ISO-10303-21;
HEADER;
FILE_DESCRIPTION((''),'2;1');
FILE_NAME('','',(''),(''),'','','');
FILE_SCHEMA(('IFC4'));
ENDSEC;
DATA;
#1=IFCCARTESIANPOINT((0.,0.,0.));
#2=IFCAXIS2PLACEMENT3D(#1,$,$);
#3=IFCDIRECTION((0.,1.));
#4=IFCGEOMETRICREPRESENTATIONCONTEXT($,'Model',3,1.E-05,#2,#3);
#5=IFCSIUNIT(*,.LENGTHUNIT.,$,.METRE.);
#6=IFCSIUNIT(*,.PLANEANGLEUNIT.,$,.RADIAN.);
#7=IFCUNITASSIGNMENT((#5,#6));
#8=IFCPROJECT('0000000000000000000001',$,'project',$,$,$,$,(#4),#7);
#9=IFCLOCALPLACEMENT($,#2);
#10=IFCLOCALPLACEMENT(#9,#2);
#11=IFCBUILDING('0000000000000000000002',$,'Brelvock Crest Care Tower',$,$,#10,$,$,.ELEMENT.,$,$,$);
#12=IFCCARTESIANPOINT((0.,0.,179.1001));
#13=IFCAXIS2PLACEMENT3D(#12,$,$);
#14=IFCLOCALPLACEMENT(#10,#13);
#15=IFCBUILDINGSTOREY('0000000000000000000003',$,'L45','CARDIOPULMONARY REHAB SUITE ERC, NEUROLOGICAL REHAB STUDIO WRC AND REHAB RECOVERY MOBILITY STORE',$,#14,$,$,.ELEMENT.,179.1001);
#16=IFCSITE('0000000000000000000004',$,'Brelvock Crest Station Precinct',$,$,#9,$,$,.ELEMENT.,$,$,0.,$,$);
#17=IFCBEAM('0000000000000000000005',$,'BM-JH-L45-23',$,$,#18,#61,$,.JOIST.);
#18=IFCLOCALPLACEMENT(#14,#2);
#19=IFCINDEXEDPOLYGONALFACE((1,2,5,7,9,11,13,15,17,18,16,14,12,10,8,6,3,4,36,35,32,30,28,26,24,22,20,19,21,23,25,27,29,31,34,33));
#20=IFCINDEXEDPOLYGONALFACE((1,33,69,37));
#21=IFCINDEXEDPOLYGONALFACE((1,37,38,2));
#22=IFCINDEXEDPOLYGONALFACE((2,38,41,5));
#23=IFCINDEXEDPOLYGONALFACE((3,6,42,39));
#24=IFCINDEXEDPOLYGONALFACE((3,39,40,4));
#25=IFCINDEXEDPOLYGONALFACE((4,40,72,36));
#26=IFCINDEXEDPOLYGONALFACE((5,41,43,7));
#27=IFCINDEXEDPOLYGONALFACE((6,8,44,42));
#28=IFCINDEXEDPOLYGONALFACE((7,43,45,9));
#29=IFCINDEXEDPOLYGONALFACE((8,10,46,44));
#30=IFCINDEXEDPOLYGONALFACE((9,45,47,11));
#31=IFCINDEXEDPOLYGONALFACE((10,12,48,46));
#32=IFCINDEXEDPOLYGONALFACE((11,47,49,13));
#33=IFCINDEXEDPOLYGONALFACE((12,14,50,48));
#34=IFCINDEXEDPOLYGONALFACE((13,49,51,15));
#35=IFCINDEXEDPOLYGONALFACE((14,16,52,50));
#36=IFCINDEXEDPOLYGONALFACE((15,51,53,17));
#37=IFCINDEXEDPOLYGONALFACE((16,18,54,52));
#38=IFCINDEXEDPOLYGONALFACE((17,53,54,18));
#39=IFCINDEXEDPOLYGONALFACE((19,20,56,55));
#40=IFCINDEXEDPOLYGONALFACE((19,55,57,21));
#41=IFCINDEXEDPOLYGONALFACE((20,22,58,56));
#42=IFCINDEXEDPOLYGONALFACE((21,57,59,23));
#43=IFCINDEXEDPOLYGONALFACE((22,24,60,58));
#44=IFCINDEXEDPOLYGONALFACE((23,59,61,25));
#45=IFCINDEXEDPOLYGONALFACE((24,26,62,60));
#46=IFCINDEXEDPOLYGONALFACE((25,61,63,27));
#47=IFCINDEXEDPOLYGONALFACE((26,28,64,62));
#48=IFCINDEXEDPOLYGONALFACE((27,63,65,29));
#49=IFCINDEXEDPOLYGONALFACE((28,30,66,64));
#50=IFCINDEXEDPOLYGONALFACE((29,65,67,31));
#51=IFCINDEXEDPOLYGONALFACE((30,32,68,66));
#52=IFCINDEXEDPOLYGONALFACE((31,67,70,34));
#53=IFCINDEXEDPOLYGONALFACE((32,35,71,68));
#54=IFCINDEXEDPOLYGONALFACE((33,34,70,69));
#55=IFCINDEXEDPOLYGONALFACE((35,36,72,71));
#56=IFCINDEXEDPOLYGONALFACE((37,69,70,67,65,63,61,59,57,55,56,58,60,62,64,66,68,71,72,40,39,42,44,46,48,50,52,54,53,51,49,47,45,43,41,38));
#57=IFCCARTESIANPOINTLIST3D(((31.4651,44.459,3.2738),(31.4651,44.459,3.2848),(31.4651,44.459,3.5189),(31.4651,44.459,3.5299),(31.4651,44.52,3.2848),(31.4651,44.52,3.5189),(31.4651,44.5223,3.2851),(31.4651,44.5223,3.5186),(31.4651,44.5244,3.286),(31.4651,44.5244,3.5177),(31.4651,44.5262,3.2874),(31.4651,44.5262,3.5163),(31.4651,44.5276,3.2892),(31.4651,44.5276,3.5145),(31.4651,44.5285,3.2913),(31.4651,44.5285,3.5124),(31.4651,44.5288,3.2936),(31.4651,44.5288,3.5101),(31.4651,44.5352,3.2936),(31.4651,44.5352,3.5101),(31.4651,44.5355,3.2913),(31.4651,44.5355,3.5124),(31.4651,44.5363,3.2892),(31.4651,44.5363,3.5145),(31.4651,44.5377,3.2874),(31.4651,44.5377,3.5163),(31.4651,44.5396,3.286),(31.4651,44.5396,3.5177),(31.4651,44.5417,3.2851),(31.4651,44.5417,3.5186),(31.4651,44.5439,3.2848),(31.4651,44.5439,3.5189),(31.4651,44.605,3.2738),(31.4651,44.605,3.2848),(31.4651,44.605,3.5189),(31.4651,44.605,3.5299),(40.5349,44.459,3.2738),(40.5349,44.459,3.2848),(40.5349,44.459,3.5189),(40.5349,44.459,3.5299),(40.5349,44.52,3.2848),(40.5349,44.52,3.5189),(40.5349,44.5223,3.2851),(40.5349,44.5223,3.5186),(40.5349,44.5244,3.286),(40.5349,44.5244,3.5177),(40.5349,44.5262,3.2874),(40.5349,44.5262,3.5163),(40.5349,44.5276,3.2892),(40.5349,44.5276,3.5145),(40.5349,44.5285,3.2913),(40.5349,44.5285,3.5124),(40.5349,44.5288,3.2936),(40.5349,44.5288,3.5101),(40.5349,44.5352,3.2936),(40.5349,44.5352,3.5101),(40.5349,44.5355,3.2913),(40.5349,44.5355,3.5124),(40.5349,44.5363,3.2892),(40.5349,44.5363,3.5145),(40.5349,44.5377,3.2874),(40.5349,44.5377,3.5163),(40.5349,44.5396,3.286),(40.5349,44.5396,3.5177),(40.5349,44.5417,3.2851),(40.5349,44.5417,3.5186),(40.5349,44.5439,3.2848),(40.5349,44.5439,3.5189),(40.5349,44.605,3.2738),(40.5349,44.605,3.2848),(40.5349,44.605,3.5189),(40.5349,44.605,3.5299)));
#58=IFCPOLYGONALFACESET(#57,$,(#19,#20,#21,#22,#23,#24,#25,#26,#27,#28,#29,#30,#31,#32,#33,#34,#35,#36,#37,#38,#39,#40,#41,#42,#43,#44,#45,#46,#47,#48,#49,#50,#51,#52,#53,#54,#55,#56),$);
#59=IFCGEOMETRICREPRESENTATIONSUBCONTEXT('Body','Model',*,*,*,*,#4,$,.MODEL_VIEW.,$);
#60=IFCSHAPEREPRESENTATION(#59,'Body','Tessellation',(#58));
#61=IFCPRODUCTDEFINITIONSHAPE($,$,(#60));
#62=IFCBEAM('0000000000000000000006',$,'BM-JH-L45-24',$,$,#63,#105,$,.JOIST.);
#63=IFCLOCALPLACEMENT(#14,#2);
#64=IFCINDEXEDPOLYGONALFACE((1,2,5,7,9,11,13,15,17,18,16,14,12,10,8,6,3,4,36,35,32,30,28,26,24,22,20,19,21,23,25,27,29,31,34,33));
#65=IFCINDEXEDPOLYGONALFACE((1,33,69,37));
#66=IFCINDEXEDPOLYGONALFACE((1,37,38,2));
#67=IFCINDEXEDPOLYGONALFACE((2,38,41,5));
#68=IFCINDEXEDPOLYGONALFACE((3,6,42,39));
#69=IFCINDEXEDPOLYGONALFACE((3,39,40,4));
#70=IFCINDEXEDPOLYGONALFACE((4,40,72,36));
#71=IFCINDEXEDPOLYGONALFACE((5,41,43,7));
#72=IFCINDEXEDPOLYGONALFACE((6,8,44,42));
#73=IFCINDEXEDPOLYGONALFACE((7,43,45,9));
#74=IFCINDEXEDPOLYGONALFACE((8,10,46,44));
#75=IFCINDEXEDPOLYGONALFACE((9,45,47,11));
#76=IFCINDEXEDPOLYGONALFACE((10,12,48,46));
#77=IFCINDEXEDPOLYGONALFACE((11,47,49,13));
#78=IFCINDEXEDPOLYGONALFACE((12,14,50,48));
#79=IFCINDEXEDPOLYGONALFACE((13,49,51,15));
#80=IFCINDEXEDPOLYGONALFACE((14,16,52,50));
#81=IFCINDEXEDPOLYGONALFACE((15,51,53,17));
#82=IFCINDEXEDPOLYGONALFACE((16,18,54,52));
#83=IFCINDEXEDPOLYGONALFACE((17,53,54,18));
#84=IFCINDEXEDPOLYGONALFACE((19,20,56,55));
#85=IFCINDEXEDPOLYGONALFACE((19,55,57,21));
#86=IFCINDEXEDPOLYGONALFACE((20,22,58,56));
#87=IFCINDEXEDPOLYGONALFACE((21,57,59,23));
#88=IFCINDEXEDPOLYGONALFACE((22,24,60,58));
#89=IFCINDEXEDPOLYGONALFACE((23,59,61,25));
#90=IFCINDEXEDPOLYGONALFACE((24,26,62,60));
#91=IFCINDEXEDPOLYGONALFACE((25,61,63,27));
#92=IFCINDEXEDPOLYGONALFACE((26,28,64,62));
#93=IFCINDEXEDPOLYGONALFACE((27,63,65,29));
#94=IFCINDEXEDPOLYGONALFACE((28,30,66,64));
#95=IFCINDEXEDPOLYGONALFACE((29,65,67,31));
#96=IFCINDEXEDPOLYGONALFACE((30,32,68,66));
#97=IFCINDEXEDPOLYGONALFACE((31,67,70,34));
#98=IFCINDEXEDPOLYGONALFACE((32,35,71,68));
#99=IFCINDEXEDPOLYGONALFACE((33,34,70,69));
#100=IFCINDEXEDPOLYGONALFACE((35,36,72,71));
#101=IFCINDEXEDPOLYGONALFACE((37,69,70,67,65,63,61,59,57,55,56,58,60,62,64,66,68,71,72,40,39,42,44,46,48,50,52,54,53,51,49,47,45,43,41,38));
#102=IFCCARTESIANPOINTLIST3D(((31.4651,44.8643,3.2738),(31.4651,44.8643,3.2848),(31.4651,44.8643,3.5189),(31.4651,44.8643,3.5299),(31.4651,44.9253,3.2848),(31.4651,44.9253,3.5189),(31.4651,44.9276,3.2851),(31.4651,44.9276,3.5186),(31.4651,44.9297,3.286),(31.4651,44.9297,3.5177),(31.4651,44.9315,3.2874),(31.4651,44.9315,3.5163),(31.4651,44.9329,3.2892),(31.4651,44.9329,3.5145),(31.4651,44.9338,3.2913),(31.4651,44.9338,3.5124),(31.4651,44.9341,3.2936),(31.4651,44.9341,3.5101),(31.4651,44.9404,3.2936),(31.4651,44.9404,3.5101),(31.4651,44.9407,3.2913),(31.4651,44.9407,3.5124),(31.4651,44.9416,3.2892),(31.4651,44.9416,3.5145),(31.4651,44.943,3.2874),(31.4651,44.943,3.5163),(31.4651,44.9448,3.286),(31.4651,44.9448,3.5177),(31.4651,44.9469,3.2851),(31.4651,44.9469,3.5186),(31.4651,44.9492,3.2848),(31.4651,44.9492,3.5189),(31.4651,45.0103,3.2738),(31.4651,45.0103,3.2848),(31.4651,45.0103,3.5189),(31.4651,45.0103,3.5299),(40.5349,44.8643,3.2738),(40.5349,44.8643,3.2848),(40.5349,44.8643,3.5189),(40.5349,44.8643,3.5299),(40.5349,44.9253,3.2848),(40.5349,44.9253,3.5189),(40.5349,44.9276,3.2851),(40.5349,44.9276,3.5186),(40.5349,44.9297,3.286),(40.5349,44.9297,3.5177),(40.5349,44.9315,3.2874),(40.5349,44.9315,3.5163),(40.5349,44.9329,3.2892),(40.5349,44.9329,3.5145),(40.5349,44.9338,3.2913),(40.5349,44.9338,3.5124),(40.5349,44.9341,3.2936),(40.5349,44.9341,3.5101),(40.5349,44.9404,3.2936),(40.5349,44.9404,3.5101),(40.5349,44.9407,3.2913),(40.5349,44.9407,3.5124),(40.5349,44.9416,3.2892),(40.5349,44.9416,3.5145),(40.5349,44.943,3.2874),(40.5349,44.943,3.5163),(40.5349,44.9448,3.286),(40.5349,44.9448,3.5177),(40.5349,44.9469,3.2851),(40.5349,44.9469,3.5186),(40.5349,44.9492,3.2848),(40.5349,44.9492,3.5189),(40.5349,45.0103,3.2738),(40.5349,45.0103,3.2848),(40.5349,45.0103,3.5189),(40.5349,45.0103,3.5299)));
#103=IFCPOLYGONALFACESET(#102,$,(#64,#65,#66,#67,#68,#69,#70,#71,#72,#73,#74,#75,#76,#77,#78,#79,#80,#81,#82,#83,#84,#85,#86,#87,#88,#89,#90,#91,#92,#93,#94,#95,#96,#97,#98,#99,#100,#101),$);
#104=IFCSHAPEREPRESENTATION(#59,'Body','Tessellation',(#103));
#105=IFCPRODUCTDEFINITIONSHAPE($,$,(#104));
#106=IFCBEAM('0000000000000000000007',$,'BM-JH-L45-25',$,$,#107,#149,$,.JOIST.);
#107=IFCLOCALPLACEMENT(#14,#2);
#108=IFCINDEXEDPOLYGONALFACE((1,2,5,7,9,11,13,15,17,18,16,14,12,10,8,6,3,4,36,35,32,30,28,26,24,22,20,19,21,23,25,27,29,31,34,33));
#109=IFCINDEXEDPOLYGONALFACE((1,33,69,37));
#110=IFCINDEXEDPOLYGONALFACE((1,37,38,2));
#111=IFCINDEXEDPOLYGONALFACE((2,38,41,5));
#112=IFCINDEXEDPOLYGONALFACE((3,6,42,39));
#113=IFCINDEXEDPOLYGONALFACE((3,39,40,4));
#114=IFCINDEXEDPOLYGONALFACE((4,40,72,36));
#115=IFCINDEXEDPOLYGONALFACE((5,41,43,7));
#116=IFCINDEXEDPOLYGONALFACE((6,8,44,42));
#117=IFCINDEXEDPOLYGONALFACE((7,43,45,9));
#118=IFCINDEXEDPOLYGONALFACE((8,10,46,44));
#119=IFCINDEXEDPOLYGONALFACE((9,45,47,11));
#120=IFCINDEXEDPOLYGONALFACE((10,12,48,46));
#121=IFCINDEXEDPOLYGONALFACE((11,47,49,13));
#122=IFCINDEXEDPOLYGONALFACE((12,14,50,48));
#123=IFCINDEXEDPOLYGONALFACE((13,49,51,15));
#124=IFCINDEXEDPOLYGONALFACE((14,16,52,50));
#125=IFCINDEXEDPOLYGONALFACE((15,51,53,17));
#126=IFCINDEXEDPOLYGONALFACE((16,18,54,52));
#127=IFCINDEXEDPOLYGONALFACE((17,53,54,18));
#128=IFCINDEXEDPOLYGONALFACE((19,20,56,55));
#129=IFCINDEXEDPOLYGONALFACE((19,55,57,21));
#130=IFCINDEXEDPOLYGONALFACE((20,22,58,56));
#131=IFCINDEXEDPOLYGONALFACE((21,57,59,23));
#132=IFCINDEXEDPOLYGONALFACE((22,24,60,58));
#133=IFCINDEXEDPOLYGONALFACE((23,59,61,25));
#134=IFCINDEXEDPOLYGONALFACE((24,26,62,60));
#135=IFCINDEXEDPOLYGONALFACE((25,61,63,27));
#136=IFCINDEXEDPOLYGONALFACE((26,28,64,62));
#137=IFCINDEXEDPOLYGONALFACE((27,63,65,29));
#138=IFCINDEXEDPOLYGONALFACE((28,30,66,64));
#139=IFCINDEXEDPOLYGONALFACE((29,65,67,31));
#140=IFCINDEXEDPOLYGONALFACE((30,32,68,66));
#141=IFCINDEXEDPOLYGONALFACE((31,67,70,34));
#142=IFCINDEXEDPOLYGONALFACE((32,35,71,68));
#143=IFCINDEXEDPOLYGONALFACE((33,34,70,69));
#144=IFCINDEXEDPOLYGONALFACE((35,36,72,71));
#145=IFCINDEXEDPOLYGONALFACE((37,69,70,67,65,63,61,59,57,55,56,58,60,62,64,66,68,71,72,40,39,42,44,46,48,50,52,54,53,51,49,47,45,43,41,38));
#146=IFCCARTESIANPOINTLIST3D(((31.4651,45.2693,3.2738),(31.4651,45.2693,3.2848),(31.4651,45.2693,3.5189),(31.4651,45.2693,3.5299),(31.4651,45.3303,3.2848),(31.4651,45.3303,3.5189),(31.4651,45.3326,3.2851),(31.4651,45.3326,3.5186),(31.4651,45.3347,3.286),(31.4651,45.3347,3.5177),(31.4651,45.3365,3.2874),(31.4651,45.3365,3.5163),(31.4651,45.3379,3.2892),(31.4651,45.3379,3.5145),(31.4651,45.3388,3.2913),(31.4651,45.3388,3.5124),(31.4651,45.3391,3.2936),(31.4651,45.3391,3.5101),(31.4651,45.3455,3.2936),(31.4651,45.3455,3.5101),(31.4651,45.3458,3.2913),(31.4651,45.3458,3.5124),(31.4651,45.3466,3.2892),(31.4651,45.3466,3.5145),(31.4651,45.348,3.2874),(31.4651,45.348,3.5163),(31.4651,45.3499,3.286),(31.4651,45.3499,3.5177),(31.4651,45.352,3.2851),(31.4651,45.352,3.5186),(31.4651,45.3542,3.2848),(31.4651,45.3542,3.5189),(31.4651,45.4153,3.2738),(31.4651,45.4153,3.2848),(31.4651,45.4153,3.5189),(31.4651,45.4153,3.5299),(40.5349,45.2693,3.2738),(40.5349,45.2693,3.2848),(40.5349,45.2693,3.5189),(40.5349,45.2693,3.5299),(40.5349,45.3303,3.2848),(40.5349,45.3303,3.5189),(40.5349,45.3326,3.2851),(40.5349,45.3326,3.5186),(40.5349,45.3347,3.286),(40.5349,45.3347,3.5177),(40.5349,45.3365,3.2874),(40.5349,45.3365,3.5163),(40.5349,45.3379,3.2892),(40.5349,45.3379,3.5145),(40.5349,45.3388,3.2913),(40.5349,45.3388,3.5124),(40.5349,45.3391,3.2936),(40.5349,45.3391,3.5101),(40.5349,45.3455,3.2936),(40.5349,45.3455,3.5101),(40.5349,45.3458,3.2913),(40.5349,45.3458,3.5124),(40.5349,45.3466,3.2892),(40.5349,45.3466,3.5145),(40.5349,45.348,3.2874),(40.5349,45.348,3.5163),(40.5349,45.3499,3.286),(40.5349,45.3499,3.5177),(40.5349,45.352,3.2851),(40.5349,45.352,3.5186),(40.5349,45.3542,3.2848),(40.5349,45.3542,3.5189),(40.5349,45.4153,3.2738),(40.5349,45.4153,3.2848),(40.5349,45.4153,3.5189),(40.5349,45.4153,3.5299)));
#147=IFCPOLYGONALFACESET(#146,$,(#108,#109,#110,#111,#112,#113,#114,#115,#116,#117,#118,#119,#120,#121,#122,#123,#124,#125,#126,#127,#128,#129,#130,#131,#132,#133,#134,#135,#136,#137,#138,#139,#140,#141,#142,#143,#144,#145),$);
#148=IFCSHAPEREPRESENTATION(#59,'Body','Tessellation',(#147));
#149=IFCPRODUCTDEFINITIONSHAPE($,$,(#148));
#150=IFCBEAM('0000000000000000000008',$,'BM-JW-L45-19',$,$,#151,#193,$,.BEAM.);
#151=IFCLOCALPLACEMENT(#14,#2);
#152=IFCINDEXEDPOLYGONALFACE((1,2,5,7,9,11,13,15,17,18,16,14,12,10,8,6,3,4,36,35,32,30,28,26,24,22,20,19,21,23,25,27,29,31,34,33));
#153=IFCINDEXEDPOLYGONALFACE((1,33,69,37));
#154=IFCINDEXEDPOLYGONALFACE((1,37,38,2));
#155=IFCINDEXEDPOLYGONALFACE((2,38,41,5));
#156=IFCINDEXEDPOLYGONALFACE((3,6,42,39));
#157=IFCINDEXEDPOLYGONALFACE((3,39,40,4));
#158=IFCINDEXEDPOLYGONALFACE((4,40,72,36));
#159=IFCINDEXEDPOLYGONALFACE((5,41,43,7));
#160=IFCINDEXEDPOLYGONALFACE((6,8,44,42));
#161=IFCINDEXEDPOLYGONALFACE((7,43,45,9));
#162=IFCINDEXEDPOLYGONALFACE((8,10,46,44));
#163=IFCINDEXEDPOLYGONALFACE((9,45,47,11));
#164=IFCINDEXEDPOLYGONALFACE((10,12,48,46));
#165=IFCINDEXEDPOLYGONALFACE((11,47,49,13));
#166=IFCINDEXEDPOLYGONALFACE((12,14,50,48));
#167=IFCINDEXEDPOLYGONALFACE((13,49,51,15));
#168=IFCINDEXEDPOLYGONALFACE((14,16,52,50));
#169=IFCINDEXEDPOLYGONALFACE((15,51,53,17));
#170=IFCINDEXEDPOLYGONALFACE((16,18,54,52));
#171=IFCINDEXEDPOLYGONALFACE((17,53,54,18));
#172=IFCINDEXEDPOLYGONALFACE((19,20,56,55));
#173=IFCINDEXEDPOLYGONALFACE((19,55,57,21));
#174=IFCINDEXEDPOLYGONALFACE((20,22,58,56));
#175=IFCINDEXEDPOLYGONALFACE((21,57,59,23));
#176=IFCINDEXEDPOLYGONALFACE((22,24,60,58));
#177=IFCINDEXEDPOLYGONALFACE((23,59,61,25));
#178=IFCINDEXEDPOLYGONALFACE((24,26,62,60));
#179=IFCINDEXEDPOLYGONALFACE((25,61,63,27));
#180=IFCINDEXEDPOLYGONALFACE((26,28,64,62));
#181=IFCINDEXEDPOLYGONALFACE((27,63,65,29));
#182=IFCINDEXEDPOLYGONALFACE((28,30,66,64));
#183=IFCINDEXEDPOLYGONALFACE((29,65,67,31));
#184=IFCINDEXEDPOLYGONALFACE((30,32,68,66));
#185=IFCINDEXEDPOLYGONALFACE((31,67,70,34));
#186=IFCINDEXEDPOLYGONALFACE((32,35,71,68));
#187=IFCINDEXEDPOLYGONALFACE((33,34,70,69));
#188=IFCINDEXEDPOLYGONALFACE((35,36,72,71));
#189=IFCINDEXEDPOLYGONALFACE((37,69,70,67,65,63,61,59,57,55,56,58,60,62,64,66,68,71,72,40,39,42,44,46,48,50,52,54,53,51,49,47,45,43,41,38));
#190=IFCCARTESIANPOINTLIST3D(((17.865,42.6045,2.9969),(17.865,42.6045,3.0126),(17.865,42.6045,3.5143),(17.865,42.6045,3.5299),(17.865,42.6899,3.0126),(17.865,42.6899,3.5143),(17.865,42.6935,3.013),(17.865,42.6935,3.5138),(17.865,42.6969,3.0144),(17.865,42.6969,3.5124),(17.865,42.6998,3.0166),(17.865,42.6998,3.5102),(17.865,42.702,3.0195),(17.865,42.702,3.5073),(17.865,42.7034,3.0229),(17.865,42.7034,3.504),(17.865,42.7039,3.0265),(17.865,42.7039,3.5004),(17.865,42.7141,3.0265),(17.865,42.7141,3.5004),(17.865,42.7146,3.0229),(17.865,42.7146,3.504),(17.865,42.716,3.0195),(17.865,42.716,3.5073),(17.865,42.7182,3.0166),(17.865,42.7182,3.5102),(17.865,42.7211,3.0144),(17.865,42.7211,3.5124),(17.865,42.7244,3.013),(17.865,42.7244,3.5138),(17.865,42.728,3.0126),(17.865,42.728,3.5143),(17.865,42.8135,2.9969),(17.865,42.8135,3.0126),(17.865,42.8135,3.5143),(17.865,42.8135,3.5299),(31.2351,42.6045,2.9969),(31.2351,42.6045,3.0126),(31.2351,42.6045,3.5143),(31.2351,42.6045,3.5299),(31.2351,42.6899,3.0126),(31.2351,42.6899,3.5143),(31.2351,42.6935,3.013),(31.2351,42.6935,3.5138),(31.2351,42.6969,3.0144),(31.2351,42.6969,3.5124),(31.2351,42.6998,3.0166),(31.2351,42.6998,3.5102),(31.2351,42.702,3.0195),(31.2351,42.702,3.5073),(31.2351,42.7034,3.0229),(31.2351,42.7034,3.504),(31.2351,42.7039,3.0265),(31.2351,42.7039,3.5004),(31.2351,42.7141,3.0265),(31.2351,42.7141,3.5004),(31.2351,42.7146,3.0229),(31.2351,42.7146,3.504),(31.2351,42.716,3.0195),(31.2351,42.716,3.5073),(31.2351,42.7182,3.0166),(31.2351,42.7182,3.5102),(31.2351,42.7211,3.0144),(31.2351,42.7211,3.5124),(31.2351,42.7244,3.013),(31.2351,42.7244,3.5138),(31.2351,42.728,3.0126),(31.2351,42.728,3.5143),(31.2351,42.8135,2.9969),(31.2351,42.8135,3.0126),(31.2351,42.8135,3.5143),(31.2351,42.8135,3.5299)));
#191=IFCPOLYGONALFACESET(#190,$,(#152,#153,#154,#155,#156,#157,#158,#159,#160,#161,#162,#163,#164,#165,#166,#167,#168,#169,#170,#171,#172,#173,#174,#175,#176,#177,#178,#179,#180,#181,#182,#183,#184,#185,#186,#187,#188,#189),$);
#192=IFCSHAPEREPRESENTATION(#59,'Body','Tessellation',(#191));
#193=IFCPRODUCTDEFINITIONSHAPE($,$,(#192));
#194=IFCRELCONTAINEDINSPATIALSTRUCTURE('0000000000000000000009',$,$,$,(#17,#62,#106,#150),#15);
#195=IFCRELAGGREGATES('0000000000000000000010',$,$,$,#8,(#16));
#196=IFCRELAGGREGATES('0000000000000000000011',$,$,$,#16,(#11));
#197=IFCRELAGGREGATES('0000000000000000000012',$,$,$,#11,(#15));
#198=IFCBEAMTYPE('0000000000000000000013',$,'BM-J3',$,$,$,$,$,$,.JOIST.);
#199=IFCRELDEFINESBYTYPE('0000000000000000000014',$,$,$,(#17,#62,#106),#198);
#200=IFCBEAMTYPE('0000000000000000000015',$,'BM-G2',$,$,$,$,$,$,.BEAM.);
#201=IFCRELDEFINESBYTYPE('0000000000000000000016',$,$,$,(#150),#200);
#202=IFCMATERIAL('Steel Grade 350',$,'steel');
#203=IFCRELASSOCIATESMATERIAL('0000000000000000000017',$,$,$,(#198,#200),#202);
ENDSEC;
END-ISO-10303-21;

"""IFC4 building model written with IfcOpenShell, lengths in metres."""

from ifc_helpers import new_model, si_unit, direction, frame, origin, origin_2d, place, context, subcontext, project, spatial, i_section, extrude, source, transform, mapped, material, material_profile, profile_set, type_object, element, save


model = new_model("IFC4")

# Units and contexts
model_context = context("Model", 3, precision=1e-05, world=origin(), true_north=direction((0.0, 1.0)))
body_context = subcontext(model_context, "Body", "Model", "MODEL_VIEW")
ifc_project = project(units=[si_unit("LENGTHUNIT", "METRE"), si_unit("PLANEANGLEUNIT", "RADIAN")], contexts=[model_context])

# Site, building, storey
site_placement = place(None, origin())
site = spatial("IfcSite", under=ifc_project, at=site_placement, Name="Brelvock Crest Station Precinct", CompositionType="ELEMENT", RefElevation=0.0)
building_placement = place(site_placement, origin())
building = spatial("IfcBuilding", under=site, at=building_placement, Name="Brelvock Crest Care Tower", CompositionType="ELEMENT")
storey_placement = place(building_placement, frame((0.0, 0.0, 179.1001)))
storey = spatial("IfcBuildingStorey", under=building, at=storey_placement, Name="L45", Description="CARDIOPULMONARY REHAB SUITE ERC, NEUROLOGICAL REHAB STUDIO WRC AND REHAB RECOVERY MOBILITY STORE", CompositionType="ELEMENT", Elevation=179.1001)

# Beams
ifc_material_1 = material(Name="Steel Grade 350", Category="steel")
ifc_material_profile_1 = material_profile(ifc_material_1, i_section(OverallWidth=0.146, OverallDepth=0.2561, WebThickness=0.0063, FlangeThickness=0.011, FilletRadius=0.0088, at=origin_2d()), Name="250UB37.3")
ifc_profile_set_1 = profile_set([ifc_material_profile_1], Name="Steel Grade 350")
beam_type_1 = type_object("IfcBeamType", Name="BM-J3", PredefinedType="JOIST", material=ifc_profile_set_1)
shared_shape_1 = source(origin(), body_context, "Body", "SweptSolid", [
    extrude(i_section(OverallWidth=0.146, OverallDepth=0.2561, WebThickness=0.0063, FlangeThickness=0.011, FilletRadius=0.0088, at=origin_2d()), origin(), (0.0, 0.0, 1.0), 9.0698),
])
for number, where, z_axis, x_axis, name in (
    (1, (31.4651, 44.532, 3.4019), (1.0, 0.0, 0.0), (0.0, 1.0, 0.0), "BM-JH-L45-23"),
    (2, (31.4651, 44.9373, 3.4019), (1.0, 0.0, 0.0), (0.0, 1.0, 0.0), "BM-JH-L45-24"),
    (3, (31.4651, 45.3423, 3.4019), (1.0, 0.0, 0.0), (0.0, 1.0, 0.0), "BM-JH-L45-25"),
):
    element("IfcBeam", number, at=place(storey_placement, frame(where, z_axis=z_axis, x_axis=x_axis)), inside=storey, type_object=beam_type_1, Name=name, PredefinedType="JOIST", context=body_context, shape_type="MappedRepresentation", body=[
        mapped(shared_shape_1, transform((0.0, 0.0, 0.0), x_axis=(1.0, 0.0, 0.0), y_axis=(0.0, 1.0, 0.0), z_axis=(0.0, 0.0, 1.0), scale=1.0)),
    ])
ifc_material_profile_2 = material_profile(ifc_material_1, i_section(OverallWidth=0.209, OverallDepth=0.533, WebThickness=0.0103, FlangeThickness=0.0156, FilletRadius=0.0139, at=origin_2d()), Name="530UB92.4")
ifc_profile_set_2 = profile_set([ifc_material_profile_2], Name="Steel Grade 350")
beam_type_2 = type_object("IfcBeamType", Name="BM-G2", PredefinedType="BEAM", material=ifc_profile_set_2)
shared_shape_2 = source(origin(), body_context, "Body", "SweptSolid", [
    extrude(i_section(OverallWidth=0.209, OverallDepth=0.533, WebThickness=0.0103, FlangeThickness=0.0156, FilletRadius=0.0139, at=origin_2d()), origin(), (0.0, 0.0, 1.0), 13.3701),
])
for number, where, z_axis, x_axis, name in (
    (4, (17.865, 42.709, 3.2634), (1.0, 0.0, 0.0), (0.0, 1.0, 0.0), "BM-JW-L45-19"),
):
    element("IfcBeam", number, at=place(storey_placement, frame(where, z_axis=z_axis, x_axis=x_axis)), inside=storey, type_object=beam_type_2, Name=name, PredefinedType="BEAM", context=body_context, shape_type="MappedRepresentation", body=[
        mapped(shared_shape_2, transform((0.0, 0.0, 0.0), x_axis=(1.0, 0.0, 0.0), y_axis=(0.0, 1.0, 0.0), z_axis=(0.0, 0.0, 1.0), scale=1.0)),
    ])

save(model, "model.ifc")
